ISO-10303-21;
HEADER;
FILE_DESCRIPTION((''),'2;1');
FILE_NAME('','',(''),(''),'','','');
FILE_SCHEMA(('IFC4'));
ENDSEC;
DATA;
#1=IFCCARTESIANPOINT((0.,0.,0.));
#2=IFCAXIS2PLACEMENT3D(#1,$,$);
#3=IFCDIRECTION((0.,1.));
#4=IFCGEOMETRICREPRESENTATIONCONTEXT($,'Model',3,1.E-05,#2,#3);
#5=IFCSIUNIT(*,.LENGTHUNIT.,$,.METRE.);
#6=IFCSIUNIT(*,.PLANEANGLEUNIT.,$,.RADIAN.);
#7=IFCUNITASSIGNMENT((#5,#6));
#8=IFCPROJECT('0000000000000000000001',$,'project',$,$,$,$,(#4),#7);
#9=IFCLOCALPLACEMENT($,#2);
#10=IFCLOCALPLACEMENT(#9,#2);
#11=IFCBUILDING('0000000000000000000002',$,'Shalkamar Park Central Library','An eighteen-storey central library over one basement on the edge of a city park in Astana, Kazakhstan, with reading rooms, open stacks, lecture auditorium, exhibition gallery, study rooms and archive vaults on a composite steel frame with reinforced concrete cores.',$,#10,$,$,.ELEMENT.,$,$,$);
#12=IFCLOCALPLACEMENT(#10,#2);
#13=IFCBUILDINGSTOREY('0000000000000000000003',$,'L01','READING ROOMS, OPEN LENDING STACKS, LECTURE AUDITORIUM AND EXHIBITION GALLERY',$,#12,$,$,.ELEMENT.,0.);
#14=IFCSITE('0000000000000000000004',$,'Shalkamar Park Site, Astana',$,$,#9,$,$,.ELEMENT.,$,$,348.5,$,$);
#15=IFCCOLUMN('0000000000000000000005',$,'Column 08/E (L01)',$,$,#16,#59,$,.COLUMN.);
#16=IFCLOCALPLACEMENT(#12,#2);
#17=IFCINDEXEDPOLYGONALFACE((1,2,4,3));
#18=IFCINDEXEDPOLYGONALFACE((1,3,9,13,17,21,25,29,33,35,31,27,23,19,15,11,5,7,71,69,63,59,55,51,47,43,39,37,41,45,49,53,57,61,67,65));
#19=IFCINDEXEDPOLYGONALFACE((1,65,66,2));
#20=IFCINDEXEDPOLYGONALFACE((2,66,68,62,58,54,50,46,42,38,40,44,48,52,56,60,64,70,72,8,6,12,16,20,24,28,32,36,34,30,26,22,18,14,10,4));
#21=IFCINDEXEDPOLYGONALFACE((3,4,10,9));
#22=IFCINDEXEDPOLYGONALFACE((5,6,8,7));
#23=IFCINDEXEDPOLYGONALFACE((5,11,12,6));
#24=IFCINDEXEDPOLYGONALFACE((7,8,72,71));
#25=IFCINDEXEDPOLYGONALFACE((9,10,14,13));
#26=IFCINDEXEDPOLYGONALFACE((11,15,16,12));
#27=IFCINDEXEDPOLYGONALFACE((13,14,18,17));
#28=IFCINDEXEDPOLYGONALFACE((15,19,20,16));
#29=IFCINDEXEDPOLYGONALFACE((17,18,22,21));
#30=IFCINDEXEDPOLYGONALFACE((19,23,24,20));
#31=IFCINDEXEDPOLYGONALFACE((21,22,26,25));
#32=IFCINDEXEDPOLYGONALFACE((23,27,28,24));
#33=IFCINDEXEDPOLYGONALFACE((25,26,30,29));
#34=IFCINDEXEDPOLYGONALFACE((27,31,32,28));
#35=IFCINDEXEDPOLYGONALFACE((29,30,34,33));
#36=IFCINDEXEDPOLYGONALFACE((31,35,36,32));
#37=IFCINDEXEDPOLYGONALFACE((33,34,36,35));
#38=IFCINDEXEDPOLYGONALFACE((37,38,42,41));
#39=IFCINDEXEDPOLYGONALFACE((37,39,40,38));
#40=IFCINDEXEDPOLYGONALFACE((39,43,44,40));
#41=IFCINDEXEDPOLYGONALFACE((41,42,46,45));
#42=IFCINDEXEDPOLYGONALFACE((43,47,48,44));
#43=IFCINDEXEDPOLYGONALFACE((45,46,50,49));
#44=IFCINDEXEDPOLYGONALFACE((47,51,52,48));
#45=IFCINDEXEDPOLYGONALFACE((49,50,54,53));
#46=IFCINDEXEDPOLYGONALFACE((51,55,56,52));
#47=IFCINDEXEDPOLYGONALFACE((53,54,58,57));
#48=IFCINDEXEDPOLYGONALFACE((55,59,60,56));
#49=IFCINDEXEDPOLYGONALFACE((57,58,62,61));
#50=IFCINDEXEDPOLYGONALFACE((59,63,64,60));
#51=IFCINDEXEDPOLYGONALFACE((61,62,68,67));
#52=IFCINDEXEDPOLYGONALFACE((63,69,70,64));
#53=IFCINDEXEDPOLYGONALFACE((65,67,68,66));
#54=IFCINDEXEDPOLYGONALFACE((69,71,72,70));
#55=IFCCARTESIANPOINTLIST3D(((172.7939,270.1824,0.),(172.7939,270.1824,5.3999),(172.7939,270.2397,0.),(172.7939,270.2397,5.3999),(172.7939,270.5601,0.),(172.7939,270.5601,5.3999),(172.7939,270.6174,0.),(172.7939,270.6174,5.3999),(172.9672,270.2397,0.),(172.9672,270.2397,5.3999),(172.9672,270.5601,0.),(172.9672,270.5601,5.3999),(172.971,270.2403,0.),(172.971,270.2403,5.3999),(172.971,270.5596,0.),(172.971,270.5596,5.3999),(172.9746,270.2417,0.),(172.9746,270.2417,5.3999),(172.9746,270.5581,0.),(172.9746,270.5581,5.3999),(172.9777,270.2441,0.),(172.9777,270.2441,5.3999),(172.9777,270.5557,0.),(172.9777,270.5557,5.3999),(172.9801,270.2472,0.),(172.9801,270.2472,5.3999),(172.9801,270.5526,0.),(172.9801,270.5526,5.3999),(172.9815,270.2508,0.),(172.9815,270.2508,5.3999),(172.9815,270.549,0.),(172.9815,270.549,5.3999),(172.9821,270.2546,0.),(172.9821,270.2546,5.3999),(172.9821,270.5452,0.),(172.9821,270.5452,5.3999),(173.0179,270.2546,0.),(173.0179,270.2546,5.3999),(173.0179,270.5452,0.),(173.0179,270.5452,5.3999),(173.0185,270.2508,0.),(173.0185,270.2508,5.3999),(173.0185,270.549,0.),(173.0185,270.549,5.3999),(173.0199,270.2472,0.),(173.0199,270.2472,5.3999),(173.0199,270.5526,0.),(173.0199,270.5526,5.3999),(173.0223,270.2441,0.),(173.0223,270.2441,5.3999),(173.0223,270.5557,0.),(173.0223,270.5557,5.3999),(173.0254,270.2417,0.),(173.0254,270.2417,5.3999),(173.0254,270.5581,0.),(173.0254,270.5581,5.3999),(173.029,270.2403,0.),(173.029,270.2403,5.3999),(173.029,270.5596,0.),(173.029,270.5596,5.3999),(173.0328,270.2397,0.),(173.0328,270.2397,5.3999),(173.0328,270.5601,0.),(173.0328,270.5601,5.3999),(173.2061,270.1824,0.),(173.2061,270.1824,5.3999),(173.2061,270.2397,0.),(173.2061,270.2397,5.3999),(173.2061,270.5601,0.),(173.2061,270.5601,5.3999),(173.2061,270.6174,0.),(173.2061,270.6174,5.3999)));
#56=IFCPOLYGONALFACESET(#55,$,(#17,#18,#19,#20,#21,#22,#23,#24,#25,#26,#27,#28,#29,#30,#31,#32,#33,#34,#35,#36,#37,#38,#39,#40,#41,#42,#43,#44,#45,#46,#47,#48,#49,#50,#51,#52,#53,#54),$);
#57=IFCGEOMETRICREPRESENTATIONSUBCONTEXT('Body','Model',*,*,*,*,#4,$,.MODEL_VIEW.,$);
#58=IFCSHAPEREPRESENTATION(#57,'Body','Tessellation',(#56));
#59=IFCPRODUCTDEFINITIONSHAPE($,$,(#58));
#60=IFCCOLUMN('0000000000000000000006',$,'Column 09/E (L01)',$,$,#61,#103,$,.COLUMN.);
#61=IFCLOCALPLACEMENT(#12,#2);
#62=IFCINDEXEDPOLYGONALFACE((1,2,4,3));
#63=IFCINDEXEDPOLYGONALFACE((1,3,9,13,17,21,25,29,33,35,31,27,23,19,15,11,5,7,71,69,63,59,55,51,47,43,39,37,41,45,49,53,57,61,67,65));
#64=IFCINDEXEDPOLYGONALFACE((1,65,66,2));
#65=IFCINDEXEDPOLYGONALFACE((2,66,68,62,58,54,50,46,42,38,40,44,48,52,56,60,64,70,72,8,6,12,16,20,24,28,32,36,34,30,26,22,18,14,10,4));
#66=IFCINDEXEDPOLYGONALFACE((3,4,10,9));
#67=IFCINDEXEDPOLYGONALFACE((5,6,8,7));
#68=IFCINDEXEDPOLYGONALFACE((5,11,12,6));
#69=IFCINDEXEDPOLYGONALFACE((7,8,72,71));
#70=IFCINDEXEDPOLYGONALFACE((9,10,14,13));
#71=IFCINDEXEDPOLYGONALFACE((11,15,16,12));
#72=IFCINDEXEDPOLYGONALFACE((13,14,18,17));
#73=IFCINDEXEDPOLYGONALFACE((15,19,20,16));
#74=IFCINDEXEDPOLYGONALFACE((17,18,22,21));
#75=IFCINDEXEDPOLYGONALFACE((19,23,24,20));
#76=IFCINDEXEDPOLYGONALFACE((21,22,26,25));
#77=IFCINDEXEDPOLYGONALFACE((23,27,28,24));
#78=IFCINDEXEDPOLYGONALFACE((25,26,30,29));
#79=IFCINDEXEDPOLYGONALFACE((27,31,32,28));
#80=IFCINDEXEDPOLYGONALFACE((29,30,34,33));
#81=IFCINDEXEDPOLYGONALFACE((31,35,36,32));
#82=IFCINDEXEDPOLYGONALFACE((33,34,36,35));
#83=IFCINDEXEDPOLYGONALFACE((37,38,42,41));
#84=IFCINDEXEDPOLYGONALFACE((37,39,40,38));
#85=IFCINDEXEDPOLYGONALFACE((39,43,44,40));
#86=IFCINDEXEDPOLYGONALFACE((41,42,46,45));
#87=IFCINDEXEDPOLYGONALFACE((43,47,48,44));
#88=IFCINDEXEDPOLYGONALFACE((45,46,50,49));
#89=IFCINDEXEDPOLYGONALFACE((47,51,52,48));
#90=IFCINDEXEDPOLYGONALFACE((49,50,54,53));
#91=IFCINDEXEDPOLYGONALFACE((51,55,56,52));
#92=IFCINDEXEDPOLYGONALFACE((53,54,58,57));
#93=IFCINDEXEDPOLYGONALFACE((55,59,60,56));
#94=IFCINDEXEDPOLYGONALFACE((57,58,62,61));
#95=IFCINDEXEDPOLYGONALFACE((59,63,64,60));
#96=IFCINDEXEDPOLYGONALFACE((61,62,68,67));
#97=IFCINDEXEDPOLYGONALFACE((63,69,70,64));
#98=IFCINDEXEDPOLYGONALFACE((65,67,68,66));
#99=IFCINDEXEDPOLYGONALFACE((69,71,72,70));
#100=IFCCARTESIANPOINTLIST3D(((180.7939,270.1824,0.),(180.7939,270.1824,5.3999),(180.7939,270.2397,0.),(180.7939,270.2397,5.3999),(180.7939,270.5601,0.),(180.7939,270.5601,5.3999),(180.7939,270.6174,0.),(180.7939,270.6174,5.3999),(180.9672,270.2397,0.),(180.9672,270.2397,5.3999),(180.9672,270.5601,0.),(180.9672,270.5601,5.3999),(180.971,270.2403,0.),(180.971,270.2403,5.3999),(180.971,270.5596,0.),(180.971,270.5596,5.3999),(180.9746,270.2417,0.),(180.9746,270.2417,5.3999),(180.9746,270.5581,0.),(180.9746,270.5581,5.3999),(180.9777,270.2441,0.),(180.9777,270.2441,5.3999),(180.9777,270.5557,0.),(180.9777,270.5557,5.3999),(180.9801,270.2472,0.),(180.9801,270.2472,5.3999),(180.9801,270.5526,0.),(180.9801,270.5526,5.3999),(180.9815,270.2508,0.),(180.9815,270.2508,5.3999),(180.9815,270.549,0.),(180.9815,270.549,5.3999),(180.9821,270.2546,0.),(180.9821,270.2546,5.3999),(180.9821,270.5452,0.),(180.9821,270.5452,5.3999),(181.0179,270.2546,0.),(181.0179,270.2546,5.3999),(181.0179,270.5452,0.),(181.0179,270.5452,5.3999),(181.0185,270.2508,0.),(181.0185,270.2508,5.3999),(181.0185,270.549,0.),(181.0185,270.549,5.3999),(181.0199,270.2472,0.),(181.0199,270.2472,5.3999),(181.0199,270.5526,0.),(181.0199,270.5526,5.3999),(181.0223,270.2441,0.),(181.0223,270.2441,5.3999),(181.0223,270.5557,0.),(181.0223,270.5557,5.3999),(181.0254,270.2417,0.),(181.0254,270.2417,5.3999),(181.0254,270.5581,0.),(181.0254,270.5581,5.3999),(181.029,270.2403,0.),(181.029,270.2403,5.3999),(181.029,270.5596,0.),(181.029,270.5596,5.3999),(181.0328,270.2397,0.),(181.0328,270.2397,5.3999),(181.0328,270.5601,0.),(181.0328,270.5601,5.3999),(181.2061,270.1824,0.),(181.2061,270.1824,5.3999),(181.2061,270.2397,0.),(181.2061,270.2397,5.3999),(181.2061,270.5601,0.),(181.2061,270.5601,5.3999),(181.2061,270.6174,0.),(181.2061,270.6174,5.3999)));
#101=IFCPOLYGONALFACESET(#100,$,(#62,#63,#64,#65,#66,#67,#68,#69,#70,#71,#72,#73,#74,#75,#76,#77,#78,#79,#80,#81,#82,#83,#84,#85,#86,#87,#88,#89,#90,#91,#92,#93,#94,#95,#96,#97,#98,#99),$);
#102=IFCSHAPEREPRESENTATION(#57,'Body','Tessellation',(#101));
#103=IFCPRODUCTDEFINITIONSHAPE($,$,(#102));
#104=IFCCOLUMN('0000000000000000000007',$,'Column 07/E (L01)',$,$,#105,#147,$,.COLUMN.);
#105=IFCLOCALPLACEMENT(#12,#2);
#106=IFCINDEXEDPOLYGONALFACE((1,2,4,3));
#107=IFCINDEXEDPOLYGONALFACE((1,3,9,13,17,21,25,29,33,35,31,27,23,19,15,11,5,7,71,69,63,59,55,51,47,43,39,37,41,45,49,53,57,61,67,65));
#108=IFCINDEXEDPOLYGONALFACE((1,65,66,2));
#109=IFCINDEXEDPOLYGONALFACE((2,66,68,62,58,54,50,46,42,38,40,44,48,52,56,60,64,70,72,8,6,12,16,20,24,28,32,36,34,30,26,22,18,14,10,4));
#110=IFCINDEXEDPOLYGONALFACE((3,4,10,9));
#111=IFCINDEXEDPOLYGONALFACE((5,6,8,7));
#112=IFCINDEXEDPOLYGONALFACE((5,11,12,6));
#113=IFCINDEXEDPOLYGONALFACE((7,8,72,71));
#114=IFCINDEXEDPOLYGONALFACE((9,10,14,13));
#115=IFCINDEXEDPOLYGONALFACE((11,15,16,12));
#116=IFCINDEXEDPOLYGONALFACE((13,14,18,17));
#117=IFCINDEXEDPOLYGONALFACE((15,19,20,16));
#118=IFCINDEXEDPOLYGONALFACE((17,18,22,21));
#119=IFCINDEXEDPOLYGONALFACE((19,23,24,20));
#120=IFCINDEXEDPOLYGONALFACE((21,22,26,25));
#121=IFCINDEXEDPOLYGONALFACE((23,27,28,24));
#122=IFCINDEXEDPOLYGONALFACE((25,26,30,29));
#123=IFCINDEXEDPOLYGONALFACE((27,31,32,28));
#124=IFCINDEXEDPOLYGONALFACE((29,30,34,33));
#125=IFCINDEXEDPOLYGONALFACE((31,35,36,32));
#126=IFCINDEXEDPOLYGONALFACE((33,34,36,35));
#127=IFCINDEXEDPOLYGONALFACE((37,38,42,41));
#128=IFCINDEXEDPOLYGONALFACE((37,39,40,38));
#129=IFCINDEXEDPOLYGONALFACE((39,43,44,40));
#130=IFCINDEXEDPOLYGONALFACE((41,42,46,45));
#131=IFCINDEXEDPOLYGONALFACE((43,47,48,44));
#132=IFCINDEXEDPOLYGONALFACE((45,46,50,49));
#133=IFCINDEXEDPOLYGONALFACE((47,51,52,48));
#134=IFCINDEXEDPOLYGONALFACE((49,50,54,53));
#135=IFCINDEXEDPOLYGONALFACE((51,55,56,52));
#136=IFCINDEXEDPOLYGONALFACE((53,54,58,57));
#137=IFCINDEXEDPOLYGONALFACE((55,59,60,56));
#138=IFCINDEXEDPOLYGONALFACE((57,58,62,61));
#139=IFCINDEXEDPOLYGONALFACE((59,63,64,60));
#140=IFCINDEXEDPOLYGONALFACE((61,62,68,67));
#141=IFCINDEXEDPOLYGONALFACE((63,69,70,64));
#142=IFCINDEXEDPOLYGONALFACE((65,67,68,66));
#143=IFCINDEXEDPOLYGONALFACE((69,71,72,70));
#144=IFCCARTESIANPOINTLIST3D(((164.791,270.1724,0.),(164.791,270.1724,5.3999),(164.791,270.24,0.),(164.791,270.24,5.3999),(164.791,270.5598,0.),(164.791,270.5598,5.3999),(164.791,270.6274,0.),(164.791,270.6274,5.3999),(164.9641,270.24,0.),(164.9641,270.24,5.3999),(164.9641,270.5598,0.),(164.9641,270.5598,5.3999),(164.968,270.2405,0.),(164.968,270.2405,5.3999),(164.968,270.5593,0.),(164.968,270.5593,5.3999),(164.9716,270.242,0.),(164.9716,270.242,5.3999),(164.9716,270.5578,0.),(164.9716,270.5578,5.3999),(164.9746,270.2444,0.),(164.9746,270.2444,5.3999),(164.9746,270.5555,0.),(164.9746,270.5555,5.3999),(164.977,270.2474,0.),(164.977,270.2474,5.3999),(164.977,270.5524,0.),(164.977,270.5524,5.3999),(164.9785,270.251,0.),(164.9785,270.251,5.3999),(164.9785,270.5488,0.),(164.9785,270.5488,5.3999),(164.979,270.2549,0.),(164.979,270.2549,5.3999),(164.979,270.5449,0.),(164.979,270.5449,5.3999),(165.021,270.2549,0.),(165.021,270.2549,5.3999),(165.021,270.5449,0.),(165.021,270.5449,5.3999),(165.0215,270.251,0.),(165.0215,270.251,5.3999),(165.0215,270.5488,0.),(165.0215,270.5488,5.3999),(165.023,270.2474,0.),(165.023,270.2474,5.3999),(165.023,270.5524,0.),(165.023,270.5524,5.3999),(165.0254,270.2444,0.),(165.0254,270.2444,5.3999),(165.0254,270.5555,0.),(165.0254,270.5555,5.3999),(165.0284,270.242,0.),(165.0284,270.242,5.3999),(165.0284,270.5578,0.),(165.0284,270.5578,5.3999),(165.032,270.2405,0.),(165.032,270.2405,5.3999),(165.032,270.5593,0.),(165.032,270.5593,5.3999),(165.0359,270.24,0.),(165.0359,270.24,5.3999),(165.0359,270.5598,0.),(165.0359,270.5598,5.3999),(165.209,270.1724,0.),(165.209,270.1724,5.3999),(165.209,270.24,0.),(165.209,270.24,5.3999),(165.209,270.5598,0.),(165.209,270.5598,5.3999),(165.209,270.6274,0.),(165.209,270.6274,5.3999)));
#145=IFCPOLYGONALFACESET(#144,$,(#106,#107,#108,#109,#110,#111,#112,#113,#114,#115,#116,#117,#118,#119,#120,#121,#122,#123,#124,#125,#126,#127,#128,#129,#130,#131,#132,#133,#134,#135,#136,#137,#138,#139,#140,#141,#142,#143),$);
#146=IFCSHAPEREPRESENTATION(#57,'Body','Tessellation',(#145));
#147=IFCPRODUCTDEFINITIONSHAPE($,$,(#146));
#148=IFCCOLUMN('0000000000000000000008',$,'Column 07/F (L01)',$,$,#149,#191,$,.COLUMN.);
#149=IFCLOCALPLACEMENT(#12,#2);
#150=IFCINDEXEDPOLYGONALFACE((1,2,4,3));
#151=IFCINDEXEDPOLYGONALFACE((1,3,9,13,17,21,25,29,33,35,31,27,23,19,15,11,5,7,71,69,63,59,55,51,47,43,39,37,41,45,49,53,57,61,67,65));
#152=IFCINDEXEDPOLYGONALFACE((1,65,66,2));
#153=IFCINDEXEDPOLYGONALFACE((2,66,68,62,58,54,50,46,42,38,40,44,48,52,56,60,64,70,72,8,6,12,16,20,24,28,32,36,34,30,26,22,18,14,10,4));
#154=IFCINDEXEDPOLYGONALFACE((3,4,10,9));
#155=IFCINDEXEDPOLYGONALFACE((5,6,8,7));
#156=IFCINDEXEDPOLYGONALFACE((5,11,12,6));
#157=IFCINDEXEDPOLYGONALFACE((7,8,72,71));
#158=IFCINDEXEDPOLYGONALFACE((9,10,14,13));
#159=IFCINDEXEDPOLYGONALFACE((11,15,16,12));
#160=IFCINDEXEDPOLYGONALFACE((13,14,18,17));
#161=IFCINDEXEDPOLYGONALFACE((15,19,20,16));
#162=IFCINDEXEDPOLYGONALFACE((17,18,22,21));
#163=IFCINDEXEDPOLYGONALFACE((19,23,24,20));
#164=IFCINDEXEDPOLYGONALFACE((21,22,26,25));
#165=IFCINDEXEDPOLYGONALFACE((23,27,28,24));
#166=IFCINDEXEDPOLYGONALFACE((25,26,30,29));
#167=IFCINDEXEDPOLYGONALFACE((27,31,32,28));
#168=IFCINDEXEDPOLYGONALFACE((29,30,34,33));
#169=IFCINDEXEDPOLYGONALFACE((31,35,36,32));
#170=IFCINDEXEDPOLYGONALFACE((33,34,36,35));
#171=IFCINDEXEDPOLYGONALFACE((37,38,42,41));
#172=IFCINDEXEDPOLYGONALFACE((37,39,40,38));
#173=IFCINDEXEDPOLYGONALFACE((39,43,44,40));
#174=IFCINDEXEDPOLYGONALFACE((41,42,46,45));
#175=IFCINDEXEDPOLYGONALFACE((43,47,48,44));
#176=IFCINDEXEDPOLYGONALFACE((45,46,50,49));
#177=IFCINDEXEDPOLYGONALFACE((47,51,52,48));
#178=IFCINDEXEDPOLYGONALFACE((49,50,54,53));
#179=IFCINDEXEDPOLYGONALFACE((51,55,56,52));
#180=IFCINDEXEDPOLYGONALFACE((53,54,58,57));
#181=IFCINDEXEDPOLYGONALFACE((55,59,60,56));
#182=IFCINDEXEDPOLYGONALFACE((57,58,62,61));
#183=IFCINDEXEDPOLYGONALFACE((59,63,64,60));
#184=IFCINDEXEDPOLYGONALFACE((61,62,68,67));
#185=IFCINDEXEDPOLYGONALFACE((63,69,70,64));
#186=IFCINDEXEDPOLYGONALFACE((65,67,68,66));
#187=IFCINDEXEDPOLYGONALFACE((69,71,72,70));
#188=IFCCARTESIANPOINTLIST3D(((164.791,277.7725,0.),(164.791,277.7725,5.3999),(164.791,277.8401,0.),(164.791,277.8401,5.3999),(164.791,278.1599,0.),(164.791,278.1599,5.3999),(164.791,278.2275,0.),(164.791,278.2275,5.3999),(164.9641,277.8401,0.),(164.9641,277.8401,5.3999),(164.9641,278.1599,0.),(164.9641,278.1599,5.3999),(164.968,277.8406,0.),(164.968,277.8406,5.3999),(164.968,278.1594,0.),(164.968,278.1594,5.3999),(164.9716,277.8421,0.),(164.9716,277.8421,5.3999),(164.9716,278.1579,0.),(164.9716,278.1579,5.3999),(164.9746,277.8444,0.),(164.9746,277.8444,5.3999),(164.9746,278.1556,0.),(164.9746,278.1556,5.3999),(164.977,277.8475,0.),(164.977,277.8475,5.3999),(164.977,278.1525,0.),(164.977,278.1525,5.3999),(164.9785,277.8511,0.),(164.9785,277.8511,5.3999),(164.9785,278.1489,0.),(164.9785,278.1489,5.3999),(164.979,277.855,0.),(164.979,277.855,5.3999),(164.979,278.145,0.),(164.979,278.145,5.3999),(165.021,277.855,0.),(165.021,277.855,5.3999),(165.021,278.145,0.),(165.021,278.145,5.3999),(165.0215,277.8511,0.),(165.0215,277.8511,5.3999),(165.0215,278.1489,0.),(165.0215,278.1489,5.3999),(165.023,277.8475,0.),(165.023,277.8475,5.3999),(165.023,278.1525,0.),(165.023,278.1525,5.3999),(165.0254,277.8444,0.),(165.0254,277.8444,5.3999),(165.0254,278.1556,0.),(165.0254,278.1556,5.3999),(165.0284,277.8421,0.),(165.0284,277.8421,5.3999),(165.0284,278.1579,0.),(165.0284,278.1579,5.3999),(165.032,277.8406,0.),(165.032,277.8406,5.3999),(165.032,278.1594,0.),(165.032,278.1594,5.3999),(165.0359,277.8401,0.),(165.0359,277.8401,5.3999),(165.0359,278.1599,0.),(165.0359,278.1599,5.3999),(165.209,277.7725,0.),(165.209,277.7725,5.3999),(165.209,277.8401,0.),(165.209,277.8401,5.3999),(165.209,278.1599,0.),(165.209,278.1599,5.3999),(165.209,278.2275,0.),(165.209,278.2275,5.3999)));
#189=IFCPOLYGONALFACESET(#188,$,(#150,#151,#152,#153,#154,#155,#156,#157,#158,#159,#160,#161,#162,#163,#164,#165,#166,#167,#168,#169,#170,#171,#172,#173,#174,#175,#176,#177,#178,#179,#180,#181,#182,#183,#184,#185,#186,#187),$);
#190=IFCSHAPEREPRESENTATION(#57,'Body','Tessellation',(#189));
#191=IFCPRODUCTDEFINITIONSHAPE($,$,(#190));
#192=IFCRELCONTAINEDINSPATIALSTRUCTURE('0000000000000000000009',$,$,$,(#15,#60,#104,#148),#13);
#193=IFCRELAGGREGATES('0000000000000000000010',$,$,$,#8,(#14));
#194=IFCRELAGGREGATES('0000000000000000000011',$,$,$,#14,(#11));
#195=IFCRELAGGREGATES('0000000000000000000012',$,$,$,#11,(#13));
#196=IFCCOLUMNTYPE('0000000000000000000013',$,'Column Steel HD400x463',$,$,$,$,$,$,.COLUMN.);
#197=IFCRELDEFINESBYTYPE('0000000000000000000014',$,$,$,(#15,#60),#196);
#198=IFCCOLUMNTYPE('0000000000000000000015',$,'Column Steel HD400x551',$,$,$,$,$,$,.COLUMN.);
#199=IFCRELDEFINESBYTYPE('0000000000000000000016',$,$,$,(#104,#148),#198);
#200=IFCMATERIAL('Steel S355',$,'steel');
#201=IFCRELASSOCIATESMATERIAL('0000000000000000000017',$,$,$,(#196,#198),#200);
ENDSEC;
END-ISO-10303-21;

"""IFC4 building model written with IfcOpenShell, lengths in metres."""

from ifc_helpers import new_model, si_unit, direction, frame, origin, origin_2d, place, context, subcontext, project, spatial, i_section, extrude, material, material_profile, profile_set, type_object, element, save


model = new_model("IFC4")

# Units and contexts
model_context = context("Model", 3, precision=1e-05, world=origin(), true_north=direction((0.0, 1.0)))
body_context = subcontext(model_context, "Body", "Model", "MODEL_VIEW")
ifc_project = project(units=[si_unit("LENGTHUNIT", "METRE"), si_unit("PLANEANGLEUNIT", "RADIAN")], contexts=[model_context])

# Site, building, storey
site_placement = place(None, origin())
site = spatial("IfcSite", under=ifc_project, at=site_placement, Name="Shalkamar Park Site, Astana", CompositionType="ELEMENT", RefElevation=348.5)
building_placement = place(site_placement, origin())
building = spatial("IfcBuilding", under=site, at=building_placement, Name="Shalkamar Park Central Library", Description="An eighteen-storey central library over one basement on the edge of a city park in Astana, Kazakhstan, with reading rooms, open stacks, lecture auditorium, exhibition gallery, study rooms and archive vaults on a composite steel frame with reinforced concrete cores.", CompositionType="ELEMENT")
storey_placement = place(building_placement, origin())
storey = spatial("IfcBuildingStorey", under=building, at=storey_placement, Name="L01", Description="READING ROOMS, OPEN LENDING STACKS, LECTURE AUDITORIUM AND EXHIBITION GALLERY", CompositionType="ELEMENT", Elevation=0.0)

# Columns
ifc_material = material(Name="Steel S355", Category="steel")
ifc_material_profile_1 = material_profile(ifc_material, i_section(OverallWidth=0.4121, OverallDepth=0.4351, WebThickness=0.0359, FlangeThickness=0.0574, FilletRadius=0.0149, at=origin_2d()), Name="HD 400x463")
ifc_profile_set_1 = profile_set([ifc_material_profile_1], Name="Steel S355")
column_type_1 = type_object("IfcColumnType", Name="Column Steel HD400x463", PredefinedType="COLUMN", material=ifc_profile_set_1)
for number, where, z_axis, x_axis, name in (
    (1, (173.0, 270.3999, 0.0), (0.0, 0.0, 1.0), (1.0, 0.0, 0.0), "Column 08/E (L01)"),
    (2, (181.0, 270.3999, 0.0), (0.0, 0.0, 1.0), (1.0, 0.0, 0.0), "Column 09/E (L01)"),
):
    element("IfcColumn", number, at=place(storey_placement, frame(where, z_axis=z_axis, x_axis=x_axis)), inside=storey, type_object=column_type_1, Name=name, PredefinedType="COLUMN", context=body_context, shape_type="SweptSolid", body=[
        extrude(i_section(OverallWidth=0.4121, OverallDepth=0.4351, WebThickness=0.0359, FlangeThickness=0.0574, FilletRadius=0.0149, at=origin_2d()), origin(), (0.0, 0.0, 1.0), 5.3999),
    ])
ifc_material_profile_2 = material_profile(ifc_material, i_section(OverallWidth=0.418, OverallDepth=0.4551, WebThickness=0.042, FlangeThickness=0.0676, FilletRadius=0.0149, at=origin_2d()), Name="HD 400x551")
ifc_profile_set_2 = profile_set([ifc_material_profile_2], Name="Steel S355")
column_type_2 = type_object("IfcColumnType", Name="Column Steel HD400x551", PredefinedType="COLUMN", material=ifc_profile_set_2)
for number, where, z_axis, x_axis, name in (
    (3, (165.0, 270.3999, 0.0), (0.0, 0.0, 1.0), (1.0, 0.0, 0.0), "Column 07/E (L01)"),
    (4, (165.0, 278.0, 0.0), (0.0, 0.0, 1.0), (1.0, 0.0, 0.0), "Column 07/F (L01)"),
):
    element("IfcColumn", number, at=place(storey_placement, frame(where, z_axis=z_axis, x_axis=x_axis)), inside=storey, type_object=column_type_2, Name=name, PredefinedType="COLUMN", context=body_context, shape_type="SweptSolid", body=[
        extrude(i_section(OverallWidth=0.418, OverallDepth=0.4551, WebThickness=0.042, FlangeThickness=0.0676, FilletRadius=0.0149, at=origin_2d()), origin(), (0.0, 0.0, 1.0), 5.3999),
    ])

save(model, "model.ifc")
